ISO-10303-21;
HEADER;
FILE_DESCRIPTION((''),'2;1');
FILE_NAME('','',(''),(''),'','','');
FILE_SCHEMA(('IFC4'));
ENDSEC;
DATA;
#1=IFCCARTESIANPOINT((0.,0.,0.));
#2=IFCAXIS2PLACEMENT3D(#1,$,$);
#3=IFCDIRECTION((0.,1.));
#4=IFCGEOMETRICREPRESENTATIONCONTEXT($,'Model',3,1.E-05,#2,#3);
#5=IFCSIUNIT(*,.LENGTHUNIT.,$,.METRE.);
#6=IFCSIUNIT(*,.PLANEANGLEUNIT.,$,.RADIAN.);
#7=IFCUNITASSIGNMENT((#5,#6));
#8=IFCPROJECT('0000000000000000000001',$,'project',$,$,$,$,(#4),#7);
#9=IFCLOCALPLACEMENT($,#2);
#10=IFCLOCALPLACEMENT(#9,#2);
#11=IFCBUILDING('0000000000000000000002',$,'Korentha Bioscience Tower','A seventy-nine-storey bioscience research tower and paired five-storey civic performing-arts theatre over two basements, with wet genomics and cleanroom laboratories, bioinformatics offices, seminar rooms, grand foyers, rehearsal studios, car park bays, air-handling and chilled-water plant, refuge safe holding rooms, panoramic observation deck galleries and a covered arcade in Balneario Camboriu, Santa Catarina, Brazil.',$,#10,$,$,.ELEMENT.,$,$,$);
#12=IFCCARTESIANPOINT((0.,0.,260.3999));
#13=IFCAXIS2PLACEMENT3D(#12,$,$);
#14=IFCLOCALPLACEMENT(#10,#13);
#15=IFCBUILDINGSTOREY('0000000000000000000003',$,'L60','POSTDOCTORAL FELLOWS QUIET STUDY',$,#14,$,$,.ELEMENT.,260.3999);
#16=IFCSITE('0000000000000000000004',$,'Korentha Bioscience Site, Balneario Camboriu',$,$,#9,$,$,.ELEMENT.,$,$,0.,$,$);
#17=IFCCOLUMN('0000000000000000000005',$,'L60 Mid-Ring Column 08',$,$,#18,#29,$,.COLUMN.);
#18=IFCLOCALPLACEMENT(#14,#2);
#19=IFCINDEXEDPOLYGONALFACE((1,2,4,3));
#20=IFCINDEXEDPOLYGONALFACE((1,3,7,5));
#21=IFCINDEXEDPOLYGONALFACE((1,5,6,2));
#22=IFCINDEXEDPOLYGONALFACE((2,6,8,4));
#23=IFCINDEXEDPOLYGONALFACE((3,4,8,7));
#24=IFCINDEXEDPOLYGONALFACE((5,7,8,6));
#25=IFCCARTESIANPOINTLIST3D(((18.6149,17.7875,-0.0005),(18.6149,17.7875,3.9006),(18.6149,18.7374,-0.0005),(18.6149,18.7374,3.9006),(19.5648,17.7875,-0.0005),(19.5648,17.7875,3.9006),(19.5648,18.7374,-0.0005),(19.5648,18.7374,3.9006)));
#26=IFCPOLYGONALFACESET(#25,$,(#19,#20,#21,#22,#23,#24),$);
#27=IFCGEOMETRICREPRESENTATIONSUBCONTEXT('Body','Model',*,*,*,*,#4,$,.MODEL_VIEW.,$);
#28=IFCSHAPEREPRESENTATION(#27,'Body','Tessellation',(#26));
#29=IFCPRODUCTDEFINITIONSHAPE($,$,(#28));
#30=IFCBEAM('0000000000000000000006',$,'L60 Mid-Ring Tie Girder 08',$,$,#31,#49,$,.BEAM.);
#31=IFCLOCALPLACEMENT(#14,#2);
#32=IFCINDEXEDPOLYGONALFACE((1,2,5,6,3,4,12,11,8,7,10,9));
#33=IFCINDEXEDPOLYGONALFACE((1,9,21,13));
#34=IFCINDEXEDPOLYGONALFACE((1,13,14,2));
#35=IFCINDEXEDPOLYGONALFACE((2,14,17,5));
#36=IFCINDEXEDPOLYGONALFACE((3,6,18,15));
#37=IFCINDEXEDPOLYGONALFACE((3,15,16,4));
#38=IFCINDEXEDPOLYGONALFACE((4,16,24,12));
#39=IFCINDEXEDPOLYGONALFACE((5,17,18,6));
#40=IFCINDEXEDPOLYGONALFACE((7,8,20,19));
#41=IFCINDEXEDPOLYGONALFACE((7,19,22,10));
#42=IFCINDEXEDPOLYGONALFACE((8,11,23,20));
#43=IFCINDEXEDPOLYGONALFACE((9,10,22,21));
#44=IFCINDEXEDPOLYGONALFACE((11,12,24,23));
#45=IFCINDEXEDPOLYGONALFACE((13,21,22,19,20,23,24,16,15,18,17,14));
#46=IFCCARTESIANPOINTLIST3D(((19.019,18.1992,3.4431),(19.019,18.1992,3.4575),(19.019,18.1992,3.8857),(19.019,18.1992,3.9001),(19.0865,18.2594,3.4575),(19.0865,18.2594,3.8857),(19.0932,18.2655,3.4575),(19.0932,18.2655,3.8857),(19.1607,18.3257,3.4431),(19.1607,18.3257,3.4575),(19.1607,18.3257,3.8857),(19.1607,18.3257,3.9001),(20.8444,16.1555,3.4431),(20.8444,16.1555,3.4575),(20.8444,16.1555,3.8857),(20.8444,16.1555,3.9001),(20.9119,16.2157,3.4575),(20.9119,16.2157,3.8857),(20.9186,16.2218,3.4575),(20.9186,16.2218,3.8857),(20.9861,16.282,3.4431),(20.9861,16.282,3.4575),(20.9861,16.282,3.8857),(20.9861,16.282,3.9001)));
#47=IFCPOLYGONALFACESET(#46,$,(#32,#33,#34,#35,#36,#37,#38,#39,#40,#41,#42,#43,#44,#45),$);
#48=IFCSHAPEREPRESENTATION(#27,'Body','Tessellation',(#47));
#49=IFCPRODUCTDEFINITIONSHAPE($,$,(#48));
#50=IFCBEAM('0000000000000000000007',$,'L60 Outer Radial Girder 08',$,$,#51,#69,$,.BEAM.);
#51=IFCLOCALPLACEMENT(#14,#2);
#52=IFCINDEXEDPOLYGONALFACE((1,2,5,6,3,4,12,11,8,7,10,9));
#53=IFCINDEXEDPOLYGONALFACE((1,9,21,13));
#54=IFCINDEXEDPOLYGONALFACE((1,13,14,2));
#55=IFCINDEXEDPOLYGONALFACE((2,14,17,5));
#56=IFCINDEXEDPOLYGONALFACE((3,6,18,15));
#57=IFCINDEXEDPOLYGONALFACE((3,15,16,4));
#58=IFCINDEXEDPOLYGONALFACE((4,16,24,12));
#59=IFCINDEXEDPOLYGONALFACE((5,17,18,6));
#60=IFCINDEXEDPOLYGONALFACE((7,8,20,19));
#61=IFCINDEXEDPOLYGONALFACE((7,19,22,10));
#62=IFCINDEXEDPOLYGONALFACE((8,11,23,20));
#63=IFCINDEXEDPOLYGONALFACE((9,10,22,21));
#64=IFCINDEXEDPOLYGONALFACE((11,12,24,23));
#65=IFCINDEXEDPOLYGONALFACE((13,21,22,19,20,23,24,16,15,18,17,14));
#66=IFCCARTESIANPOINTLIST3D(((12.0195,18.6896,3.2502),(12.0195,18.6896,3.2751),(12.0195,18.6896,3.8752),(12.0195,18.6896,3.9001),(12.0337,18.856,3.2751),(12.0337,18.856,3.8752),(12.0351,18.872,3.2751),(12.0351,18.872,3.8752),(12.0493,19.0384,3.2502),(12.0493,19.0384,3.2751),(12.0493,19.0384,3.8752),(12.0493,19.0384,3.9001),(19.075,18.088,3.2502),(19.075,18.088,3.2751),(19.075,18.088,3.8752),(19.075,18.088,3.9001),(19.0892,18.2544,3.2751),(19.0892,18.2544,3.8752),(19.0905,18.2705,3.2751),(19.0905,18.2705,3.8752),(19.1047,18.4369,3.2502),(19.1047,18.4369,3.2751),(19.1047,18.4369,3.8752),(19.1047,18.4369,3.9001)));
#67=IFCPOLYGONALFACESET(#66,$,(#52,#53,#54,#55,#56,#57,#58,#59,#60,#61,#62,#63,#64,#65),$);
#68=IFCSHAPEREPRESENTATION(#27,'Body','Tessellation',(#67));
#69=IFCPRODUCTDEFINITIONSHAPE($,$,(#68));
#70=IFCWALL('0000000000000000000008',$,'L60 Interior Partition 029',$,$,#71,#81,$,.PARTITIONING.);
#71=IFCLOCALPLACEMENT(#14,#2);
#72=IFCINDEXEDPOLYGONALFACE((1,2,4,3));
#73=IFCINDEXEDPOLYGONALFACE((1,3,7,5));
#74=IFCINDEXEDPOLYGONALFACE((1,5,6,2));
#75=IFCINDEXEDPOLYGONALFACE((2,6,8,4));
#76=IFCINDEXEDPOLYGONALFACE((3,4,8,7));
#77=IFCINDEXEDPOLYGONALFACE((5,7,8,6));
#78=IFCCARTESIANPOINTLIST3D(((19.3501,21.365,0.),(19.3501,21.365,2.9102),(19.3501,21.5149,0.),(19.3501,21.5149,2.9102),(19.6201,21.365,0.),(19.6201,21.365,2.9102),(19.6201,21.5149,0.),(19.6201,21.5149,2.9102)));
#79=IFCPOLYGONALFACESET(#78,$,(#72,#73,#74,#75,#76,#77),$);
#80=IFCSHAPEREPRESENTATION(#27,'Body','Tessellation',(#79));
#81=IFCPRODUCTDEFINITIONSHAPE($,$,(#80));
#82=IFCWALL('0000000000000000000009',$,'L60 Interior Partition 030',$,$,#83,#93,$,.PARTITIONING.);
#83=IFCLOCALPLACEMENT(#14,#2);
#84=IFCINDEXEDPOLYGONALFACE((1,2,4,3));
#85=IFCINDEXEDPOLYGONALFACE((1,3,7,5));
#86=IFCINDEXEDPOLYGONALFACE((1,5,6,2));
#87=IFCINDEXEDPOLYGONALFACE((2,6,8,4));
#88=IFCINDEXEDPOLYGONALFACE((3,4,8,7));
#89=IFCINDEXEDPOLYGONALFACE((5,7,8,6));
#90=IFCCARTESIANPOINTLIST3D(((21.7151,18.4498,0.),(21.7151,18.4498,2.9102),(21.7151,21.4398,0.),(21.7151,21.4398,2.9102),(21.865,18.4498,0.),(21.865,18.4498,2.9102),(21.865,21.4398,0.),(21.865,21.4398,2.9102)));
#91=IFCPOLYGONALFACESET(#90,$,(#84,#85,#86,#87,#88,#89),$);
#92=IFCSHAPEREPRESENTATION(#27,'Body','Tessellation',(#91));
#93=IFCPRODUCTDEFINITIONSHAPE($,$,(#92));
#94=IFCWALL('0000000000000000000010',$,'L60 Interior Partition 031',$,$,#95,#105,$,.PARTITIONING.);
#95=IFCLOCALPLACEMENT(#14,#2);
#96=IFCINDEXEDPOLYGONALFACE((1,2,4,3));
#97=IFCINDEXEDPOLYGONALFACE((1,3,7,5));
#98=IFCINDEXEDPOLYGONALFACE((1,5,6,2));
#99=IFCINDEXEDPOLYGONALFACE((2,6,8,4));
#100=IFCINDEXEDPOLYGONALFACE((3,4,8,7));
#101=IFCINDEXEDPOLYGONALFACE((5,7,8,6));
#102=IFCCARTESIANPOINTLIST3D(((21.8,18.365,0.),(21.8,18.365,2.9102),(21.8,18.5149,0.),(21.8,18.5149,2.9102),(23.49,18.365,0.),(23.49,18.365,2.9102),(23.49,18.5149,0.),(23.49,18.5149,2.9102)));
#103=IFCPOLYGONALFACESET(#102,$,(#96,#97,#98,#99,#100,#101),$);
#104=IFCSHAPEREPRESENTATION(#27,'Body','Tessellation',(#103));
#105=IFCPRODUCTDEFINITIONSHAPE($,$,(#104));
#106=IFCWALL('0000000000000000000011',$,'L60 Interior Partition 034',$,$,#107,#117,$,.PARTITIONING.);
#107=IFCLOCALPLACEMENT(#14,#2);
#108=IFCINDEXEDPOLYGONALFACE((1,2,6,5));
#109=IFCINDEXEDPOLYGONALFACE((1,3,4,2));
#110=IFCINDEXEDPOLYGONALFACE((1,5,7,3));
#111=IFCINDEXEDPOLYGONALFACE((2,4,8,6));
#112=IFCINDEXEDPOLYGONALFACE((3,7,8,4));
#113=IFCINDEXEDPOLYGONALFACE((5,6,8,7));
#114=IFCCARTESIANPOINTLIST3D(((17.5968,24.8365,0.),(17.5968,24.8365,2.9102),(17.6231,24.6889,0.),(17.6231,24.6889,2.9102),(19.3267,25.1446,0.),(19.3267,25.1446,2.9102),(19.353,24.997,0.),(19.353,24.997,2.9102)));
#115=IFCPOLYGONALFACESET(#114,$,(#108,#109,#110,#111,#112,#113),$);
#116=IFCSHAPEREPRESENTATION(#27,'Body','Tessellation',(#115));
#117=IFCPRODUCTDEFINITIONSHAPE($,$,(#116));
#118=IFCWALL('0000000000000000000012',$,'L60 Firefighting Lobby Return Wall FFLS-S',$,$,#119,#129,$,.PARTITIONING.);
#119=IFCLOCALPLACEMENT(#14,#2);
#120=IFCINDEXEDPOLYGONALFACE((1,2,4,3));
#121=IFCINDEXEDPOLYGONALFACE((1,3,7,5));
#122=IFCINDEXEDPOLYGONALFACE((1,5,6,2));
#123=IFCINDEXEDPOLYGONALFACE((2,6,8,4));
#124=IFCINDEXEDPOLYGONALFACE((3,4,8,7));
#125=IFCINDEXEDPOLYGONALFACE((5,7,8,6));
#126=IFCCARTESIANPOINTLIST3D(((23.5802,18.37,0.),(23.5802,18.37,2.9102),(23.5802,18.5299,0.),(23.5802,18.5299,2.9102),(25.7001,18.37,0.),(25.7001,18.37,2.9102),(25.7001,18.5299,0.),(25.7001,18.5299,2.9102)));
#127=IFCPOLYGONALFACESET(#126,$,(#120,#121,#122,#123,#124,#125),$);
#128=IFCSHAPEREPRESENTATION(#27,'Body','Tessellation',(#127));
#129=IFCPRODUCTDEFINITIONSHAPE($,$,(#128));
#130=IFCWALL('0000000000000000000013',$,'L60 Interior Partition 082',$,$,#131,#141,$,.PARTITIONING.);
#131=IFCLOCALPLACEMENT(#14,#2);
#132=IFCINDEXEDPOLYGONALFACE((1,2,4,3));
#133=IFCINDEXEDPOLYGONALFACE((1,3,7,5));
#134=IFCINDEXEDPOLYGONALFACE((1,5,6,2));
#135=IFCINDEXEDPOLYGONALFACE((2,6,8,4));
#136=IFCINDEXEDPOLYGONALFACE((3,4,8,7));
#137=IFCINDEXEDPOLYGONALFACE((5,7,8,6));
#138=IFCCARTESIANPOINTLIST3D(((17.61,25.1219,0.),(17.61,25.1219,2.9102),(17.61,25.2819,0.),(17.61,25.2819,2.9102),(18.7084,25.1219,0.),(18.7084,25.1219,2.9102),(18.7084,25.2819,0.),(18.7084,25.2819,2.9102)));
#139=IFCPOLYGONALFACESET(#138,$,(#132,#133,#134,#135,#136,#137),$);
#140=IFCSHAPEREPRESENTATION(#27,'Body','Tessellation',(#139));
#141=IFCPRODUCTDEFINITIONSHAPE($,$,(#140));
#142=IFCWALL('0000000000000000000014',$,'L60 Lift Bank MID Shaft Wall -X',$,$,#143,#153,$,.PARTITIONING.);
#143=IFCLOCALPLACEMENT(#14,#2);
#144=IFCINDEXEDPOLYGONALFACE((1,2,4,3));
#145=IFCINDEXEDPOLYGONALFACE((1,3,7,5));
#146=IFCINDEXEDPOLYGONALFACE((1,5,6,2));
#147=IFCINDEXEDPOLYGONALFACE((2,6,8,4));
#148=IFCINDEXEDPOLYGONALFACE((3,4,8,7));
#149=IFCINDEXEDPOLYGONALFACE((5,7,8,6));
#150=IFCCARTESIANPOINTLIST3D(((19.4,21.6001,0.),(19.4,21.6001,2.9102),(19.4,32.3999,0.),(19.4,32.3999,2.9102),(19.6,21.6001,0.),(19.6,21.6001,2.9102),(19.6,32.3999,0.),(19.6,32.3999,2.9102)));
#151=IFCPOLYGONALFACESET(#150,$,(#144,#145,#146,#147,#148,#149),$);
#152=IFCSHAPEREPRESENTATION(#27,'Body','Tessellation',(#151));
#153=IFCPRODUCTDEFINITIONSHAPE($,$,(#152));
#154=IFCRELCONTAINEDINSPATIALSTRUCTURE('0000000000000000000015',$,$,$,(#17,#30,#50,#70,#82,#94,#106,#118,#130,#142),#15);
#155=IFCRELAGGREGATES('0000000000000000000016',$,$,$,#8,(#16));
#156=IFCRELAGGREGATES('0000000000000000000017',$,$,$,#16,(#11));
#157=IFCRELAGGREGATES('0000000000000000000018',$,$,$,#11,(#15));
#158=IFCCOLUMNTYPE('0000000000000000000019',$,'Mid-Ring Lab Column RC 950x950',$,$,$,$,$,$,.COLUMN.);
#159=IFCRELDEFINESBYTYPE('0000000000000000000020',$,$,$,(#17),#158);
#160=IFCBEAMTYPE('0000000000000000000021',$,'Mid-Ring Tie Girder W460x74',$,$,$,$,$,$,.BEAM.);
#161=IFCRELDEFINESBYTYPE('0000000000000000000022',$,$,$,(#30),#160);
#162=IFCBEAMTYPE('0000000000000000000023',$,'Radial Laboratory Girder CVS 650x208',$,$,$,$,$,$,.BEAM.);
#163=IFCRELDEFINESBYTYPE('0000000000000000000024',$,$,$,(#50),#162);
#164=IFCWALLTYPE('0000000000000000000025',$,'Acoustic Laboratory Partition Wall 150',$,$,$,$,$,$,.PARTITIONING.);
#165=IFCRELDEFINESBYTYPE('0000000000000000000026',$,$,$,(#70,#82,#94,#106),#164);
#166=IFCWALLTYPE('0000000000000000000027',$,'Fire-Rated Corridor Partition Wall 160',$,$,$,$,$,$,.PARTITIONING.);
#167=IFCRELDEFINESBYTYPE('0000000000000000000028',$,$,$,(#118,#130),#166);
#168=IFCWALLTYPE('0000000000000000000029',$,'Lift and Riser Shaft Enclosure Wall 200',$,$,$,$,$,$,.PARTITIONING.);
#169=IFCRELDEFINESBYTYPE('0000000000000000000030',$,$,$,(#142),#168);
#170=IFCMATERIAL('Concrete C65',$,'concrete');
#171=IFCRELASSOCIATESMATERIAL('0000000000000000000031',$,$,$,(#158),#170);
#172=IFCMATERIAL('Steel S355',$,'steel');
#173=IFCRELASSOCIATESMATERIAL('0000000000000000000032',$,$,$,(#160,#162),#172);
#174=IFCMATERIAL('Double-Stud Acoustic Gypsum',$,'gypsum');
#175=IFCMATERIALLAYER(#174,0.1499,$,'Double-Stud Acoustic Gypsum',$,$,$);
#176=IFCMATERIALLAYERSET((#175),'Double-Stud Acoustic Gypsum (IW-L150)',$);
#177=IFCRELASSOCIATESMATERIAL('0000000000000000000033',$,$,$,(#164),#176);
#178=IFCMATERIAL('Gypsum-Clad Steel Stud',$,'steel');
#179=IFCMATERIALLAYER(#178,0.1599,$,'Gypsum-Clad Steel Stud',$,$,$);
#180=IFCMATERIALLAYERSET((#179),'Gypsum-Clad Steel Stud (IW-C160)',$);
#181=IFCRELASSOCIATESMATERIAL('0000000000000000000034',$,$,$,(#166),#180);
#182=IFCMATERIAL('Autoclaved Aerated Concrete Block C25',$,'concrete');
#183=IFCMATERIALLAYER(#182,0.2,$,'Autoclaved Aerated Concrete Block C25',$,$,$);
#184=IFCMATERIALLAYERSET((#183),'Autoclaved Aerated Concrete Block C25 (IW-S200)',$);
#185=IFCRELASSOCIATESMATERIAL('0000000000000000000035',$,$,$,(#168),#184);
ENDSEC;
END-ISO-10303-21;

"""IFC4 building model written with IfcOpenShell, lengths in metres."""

from ifc_helpers import new_model, si_unit, direction, frame, frame_2d, origin, origin_2d, place, context, subcontext, project, spatial, rectangle, i_section, extrude, material, layer, layer_set, material_profile, profile_set, type_object, element, save


model = new_model("IFC4")

# Units and contexts
model_context = context("Model", 3, precision=1e-05, world=origin(), true_north=direction((0.0, 1.0)))
body_context = subcontext(model_context, "Body", "Model", "MODEL_VIEW")
ifc_project = project(units=[si_unit("LENGTHUNIT", "METRE"), si_unit("PLANEANGLEUNIT", "RADIAN")], contexts=[model_context])

# Site, building, storey
site_placement = place(None, origin())
site = spatial("IfcSite", under=ifc_project, at=site_placement, Name="Korentha Bioscience Site, Balneario Camboriu", CompositionType="ELEMENT", RefElevation=0.0)
building_placement = place(site_placement, origin())
building = spatial("IfcBuilding", under=site, at=building_placement, Name="Korentha Bioscience Tower", Description="A seventy-nine-storey bioscience research tower and paired five-storey civic performing-arts theatre over two basements, with wet genomics and cleanroom laboratories, bioinformatics offices, seminar rooms, grand foyers, rehearsal studios, car park bays, air-handling and chilled-water plant, refuge safe holding rooms, panoramic observation deck galleries and a covered arcade in Balneario Camboriu, Santa Catarina, Brazil.", CompositionType="ELEMENT")
storey_placement = place(building_placement, frame((0.0, 0.0, 260.3999)))
storey = spatial("IfcBuildingStorey", under=building, at=storey_placement, Name="L60", Description="POSTDOCTORAL FELLOWS QUIET STUDY", CompositionType="ELEMENT", Elevation=260.3999)

# Column
ifc_material_1 = material(Name="Concrete C65", Category="concrete")
ifc_material_profile_1 = material_profile(ifc_material_1, rectangle(XDim=0.95, YDim=0.95, at=origin_2d()), Name="Concrete C65")
ifc_profile_set_1 = profile_set([ifc_material_profile_1], Name="Concrete C65 (COL-MR09)")
column_type = type_object("IfcColumnType", Name="Mid-Ring Lab Column RC 950x950", PredefinedType="COLUMN", material=ifc_profile_set_1)
column_placement = place(storey_placement, frame((19.0898, 18.2625, -0.0005), z_axis=(0.0, 0.0, 1.0), x_axis=(1.0, 0.0, 0.0)))
element("IfcColumn", 1, at=column_placement, inside=storey, type_object=column_type, Name="L60 Mid-Ring Column 08", PredefinedType="COLUMN", context=body_context, shape_type="SweptSolid", body=[
    extrude(rectangle(XDim=0.95, YDim=0.95, at=origin_2d()), origin(), (0.0, 0.0, 1.0), 3.9011),
])

# Beams
ifc_material_2 = material(Name="Steel S355", Category="steel")
ifc_material_profile_2 = material_profile(ifc_material_2, i_section(OverallWidth=0.1899, OverallDepth=0.457, WebThickness=0.009, FlangeThickness=0.0144, at=origin_2d()), Name="Steel S355")
ifc_profile_set_2 = profile_set([ifc_material_profile_2], Name="Steel S355 (MB-460)")
beam_type_1 = type_object("IfcBeamType", Name="Mid-Ring Tie Girder W460x74", PredefinedType="BEAM", material=ifc_profile_set_2)
beam_1_placement = place(storey_placement, frame((19.0898, 18.2625, 3.6716), z_axis=(0.666159, -0.74581, 0.0), x_axis=(0.74581, 0.666159, 0.0)))
element("IfcBeam", 2, at=beam_1_placement, inside=storey, type_object=beam_type_1, Name="L60 Mid-Ring Tie Girder 08", PredefinedType="BEAM", context=body_context, shape_type="SweptSolid", body=[
    extrude(i_section(OverallWidth=0.1899, OverallDepth=0.457, WebThickness=0.009, FlangeThickness=0.0144, at=origin_2d()), origin(), (0.0, 0.0, 1.0), 2.7402),
])
ifc_material_profile_3 = material_profile(ifc_material_2, i_section(OverallWidth=0.3501, OverallDepth=0.6499, WebThickness=0.0161, FlangeThickness=0.0249, at=origin_2d()), Name="Steel S355")
ifc_profile_set_3 = profile_set([ifc_material_profile_3], Name="Steel S355 (RB-650)")
beam_type_2 = type_object("IfcBeamType", Name="Radial Laboratory Girder CVS 650x208", PredefinedType="BEAM", material=ifc_profile_set_3)
beam_2_placement = place(storey_placement, frame((19.0898, 18.2625, 3.5752), z_axis=(-0.996385, 0.084954, 0.0), x_axis=(-0.084954, -0.996385, 0.0)))
element("IfcBeam", 3, at=beam_2_placement, inside=storey, type_object=beam_type_2, Name="L60 Outer Radial Girder 08", PredefinedType="BEAM", context=body_context, shape_type="SweptSolid", body=[
    extrude(i_section(OverallWidth=0.3501, OverallDepth=0.6499, WebThickness=0.0161, FlangeThickness=0.0249, at=origin_2d()), origin(), (0.0, 0.0, 1.0), 7.0811),
])

# Walls
ifc_material_3 = material(Name="Double-Stud Acoustic Gypsum", Category="gypsum")
ifc_layer_1 = layer(ifc_material_3, 0.1499, Name="Double-Stud Acoustic Gypsum")
ifc_layer_set_1 = layer_set([ifc_layer_1], Name="Double-Stud Acoustic Gypsum (IW-L150)")
wall_type_1 = type_object("IfcWallType", Name="Acoustic Laboratory Partition Wall 150", PredefinedType="PARTITIONING", material=ifc_layer_set_1)
wall_1_placement = place(storey_placement, frame((19.3501, 21.4399, 0.0), z_axis=(0.0, 0.0, 1.0), x_axis=(1.0, 0.0, 0.0)))
element("IfcWall", 4, at=wall_1_placement, inside=storey, type_object=wall_type_1, Name="L60 Interior Partition 029", PredefinedType="PARTITIONING", context=body_context, shape_type="SweptSolid", body=[
    extrude(rectangle(XDim=0.27, YDim=0.1499, at=frame_2d((0.135, 0.0))), origin(), (0.0, 0.0, 1.0), 2.9102),
])
wall_2_placement = place(storey_placement, frame((21.79, 21.4399, 0.0), z_axis=(0.0, 0.0, 1.0), x_axis=(0.0, -1.0, 0.0)))
element("IfcWall", 5, at=wall_2_placement, inside=storey, type_object=wall_type_1, Name="L60 Interior Partition 030", PredefinedType="PARTITIONING", context=body_context, shape_type="SweptSolid", body=[
    extrude(rectangle(XDim=2.99, YDim=0.1499, at=frame_2d((1.4951, 0.0))), origin(), (0.0, 0.0, 1.0), 2.9102),
])
wall_3_placement = place(storey_placement, frame((21.8, 18.4399, 0.0), z_axis=(0.0, 0.0, 1.0), x_axis=(1.0, 0.0, 0.0)))
element("IfcWall", 6, at=wall_3_placement, inside=storey, type_object=wall_type_1, Name="L60 Interior Partition 031", PredefinedType="PARTITIONING", context=body_context, shape_type="SweptSolid", body=[
    extrude(rectangle(XDim=1.6899, YDim=0.1499, at=frame_2d((0.845, 0.0))), origin(), (0.0, 0.0, 1.0), 2.9102),
])
wall_4_placement = place(storey_placement, frame((17.6101, 24.7627, 0.0), z_axis=(0.0, 0.0, 1.0), x_axis=(0.984504, 0.175363, 0.0)))
element("IfcWall", 7, at=wall_4_placement, inside=storey, type_object=wall_type_1, Name="L60 Interior Partition 034", PredefinedType="PARTITIONING", context=body_context, shape_type="SweptSolid", body=[
    extrude(rectangle(XDim=1.7571, YDim=0.1499, at=frame_2d((0.8784, 0.0))), origin(), (0.0, 0.0, 1.0), 2.9102),
])

# Shared definitions
ifc_material_4 = material(Name="Gypsum-Clad Steel Stud", Category="steel")
ifc_layer_2 = layer(ifc_material_4, 0.1599, Name="Gypsum-Clad Steel Stud")
ifc_layer_set_2 = layer_set([ifc_layer_2], Name="Gypsum-Clad Steel Stud (IW-C160)")
wall_type_2 = type_object("IfcWallType", Name="Fire-Rated Corridor Partition Wall 160", PredefinedType="PARTITIONING", material=ifc_layer_set_2)

# Wall
wall_5_placement = place(storey_placement, frame((23.5801, 18.45, 0.0), z_axis=(0.0, 0.0, 1.0), x_axis=(1.0, 0.0, 0.0)))
element("IfcWall", 8, at=wall_5_placement, inside=storey, type_object=wall_type_2, Name="L60 Firefighting Lobby Return Wall FFLS-S", PredefinedType="PARTITIONING", context=body_context, shape_type="SweptSolid", body=[
    extrude(rectangle(XDim=2.1199, YDim=0.1599, at=frame_2d((1.0601, 0.0))), origin(), (0.0, 0.0, 1.0), 2.9102),
])

# Walls
wall_6_placement = place(storey_placement, frame((18.7085, 25.2019, 0.0), z_axis=(0.0, 0.0, 1.0), x_axis=(-1.0, 0.0, 0.0)))
element("IfcWall", 9, at=wall_6_placement, inside=storey, type_object=wall_type_2, Name="L60 Interior Partition 082", PredefinedType="PARTITIONING", context=body_context, shape_type="SweptSolid", body=[
    extrude(rectangle(XDim=1.0984, YDim=0.1599, at=frame_2d((0.5493, 0.0))), origin(), (0.0, 0.0, 1.0), 2.9102),
])
ifc_material_5 = material(Name="Autoclaved Aerated Concrete Block C25", Category="concrete")
ifc_layer_3 = layer(ifc_material_5, 0.2, Name="Autoclaved Aerated Concrete Block C25")
ifc_layer_set_3 = layer_set([ifc_layer_3], Name="Autoclaved Aerated Concrete Block C25 (IW-S200)")
wall_type_3 = type_object("IfcWallType", Name="Lift and Riser Shaft Enclosure Wall 200", PredefinedType="PARTITIONING", material=ifc_layer_set_3)
wall_7_placement = place(storey_placement, frame((19.5, 21.6001, 0.0), z_axis=(0.0, 0.0, 1.0), x_axis=(0.0, 1.0, 0.0)))
element("IfcWall", 10, at=wall_7_placement, inside=storey, type_object=wall_type_3, Name="L60 Lift Bank MID Shaft Wall -X", PredefinedType="PARTITIONING", context=body_context, shape_type="SweptSolid", body=[
    extrude(rectangle(XDim=10.7998, YDim=0.2, at=frame_2d((5.3999, 0.0))), origin(), (0.0, 0.0, 1.0), 2.9102),
])

save(model, "model.ifc")
